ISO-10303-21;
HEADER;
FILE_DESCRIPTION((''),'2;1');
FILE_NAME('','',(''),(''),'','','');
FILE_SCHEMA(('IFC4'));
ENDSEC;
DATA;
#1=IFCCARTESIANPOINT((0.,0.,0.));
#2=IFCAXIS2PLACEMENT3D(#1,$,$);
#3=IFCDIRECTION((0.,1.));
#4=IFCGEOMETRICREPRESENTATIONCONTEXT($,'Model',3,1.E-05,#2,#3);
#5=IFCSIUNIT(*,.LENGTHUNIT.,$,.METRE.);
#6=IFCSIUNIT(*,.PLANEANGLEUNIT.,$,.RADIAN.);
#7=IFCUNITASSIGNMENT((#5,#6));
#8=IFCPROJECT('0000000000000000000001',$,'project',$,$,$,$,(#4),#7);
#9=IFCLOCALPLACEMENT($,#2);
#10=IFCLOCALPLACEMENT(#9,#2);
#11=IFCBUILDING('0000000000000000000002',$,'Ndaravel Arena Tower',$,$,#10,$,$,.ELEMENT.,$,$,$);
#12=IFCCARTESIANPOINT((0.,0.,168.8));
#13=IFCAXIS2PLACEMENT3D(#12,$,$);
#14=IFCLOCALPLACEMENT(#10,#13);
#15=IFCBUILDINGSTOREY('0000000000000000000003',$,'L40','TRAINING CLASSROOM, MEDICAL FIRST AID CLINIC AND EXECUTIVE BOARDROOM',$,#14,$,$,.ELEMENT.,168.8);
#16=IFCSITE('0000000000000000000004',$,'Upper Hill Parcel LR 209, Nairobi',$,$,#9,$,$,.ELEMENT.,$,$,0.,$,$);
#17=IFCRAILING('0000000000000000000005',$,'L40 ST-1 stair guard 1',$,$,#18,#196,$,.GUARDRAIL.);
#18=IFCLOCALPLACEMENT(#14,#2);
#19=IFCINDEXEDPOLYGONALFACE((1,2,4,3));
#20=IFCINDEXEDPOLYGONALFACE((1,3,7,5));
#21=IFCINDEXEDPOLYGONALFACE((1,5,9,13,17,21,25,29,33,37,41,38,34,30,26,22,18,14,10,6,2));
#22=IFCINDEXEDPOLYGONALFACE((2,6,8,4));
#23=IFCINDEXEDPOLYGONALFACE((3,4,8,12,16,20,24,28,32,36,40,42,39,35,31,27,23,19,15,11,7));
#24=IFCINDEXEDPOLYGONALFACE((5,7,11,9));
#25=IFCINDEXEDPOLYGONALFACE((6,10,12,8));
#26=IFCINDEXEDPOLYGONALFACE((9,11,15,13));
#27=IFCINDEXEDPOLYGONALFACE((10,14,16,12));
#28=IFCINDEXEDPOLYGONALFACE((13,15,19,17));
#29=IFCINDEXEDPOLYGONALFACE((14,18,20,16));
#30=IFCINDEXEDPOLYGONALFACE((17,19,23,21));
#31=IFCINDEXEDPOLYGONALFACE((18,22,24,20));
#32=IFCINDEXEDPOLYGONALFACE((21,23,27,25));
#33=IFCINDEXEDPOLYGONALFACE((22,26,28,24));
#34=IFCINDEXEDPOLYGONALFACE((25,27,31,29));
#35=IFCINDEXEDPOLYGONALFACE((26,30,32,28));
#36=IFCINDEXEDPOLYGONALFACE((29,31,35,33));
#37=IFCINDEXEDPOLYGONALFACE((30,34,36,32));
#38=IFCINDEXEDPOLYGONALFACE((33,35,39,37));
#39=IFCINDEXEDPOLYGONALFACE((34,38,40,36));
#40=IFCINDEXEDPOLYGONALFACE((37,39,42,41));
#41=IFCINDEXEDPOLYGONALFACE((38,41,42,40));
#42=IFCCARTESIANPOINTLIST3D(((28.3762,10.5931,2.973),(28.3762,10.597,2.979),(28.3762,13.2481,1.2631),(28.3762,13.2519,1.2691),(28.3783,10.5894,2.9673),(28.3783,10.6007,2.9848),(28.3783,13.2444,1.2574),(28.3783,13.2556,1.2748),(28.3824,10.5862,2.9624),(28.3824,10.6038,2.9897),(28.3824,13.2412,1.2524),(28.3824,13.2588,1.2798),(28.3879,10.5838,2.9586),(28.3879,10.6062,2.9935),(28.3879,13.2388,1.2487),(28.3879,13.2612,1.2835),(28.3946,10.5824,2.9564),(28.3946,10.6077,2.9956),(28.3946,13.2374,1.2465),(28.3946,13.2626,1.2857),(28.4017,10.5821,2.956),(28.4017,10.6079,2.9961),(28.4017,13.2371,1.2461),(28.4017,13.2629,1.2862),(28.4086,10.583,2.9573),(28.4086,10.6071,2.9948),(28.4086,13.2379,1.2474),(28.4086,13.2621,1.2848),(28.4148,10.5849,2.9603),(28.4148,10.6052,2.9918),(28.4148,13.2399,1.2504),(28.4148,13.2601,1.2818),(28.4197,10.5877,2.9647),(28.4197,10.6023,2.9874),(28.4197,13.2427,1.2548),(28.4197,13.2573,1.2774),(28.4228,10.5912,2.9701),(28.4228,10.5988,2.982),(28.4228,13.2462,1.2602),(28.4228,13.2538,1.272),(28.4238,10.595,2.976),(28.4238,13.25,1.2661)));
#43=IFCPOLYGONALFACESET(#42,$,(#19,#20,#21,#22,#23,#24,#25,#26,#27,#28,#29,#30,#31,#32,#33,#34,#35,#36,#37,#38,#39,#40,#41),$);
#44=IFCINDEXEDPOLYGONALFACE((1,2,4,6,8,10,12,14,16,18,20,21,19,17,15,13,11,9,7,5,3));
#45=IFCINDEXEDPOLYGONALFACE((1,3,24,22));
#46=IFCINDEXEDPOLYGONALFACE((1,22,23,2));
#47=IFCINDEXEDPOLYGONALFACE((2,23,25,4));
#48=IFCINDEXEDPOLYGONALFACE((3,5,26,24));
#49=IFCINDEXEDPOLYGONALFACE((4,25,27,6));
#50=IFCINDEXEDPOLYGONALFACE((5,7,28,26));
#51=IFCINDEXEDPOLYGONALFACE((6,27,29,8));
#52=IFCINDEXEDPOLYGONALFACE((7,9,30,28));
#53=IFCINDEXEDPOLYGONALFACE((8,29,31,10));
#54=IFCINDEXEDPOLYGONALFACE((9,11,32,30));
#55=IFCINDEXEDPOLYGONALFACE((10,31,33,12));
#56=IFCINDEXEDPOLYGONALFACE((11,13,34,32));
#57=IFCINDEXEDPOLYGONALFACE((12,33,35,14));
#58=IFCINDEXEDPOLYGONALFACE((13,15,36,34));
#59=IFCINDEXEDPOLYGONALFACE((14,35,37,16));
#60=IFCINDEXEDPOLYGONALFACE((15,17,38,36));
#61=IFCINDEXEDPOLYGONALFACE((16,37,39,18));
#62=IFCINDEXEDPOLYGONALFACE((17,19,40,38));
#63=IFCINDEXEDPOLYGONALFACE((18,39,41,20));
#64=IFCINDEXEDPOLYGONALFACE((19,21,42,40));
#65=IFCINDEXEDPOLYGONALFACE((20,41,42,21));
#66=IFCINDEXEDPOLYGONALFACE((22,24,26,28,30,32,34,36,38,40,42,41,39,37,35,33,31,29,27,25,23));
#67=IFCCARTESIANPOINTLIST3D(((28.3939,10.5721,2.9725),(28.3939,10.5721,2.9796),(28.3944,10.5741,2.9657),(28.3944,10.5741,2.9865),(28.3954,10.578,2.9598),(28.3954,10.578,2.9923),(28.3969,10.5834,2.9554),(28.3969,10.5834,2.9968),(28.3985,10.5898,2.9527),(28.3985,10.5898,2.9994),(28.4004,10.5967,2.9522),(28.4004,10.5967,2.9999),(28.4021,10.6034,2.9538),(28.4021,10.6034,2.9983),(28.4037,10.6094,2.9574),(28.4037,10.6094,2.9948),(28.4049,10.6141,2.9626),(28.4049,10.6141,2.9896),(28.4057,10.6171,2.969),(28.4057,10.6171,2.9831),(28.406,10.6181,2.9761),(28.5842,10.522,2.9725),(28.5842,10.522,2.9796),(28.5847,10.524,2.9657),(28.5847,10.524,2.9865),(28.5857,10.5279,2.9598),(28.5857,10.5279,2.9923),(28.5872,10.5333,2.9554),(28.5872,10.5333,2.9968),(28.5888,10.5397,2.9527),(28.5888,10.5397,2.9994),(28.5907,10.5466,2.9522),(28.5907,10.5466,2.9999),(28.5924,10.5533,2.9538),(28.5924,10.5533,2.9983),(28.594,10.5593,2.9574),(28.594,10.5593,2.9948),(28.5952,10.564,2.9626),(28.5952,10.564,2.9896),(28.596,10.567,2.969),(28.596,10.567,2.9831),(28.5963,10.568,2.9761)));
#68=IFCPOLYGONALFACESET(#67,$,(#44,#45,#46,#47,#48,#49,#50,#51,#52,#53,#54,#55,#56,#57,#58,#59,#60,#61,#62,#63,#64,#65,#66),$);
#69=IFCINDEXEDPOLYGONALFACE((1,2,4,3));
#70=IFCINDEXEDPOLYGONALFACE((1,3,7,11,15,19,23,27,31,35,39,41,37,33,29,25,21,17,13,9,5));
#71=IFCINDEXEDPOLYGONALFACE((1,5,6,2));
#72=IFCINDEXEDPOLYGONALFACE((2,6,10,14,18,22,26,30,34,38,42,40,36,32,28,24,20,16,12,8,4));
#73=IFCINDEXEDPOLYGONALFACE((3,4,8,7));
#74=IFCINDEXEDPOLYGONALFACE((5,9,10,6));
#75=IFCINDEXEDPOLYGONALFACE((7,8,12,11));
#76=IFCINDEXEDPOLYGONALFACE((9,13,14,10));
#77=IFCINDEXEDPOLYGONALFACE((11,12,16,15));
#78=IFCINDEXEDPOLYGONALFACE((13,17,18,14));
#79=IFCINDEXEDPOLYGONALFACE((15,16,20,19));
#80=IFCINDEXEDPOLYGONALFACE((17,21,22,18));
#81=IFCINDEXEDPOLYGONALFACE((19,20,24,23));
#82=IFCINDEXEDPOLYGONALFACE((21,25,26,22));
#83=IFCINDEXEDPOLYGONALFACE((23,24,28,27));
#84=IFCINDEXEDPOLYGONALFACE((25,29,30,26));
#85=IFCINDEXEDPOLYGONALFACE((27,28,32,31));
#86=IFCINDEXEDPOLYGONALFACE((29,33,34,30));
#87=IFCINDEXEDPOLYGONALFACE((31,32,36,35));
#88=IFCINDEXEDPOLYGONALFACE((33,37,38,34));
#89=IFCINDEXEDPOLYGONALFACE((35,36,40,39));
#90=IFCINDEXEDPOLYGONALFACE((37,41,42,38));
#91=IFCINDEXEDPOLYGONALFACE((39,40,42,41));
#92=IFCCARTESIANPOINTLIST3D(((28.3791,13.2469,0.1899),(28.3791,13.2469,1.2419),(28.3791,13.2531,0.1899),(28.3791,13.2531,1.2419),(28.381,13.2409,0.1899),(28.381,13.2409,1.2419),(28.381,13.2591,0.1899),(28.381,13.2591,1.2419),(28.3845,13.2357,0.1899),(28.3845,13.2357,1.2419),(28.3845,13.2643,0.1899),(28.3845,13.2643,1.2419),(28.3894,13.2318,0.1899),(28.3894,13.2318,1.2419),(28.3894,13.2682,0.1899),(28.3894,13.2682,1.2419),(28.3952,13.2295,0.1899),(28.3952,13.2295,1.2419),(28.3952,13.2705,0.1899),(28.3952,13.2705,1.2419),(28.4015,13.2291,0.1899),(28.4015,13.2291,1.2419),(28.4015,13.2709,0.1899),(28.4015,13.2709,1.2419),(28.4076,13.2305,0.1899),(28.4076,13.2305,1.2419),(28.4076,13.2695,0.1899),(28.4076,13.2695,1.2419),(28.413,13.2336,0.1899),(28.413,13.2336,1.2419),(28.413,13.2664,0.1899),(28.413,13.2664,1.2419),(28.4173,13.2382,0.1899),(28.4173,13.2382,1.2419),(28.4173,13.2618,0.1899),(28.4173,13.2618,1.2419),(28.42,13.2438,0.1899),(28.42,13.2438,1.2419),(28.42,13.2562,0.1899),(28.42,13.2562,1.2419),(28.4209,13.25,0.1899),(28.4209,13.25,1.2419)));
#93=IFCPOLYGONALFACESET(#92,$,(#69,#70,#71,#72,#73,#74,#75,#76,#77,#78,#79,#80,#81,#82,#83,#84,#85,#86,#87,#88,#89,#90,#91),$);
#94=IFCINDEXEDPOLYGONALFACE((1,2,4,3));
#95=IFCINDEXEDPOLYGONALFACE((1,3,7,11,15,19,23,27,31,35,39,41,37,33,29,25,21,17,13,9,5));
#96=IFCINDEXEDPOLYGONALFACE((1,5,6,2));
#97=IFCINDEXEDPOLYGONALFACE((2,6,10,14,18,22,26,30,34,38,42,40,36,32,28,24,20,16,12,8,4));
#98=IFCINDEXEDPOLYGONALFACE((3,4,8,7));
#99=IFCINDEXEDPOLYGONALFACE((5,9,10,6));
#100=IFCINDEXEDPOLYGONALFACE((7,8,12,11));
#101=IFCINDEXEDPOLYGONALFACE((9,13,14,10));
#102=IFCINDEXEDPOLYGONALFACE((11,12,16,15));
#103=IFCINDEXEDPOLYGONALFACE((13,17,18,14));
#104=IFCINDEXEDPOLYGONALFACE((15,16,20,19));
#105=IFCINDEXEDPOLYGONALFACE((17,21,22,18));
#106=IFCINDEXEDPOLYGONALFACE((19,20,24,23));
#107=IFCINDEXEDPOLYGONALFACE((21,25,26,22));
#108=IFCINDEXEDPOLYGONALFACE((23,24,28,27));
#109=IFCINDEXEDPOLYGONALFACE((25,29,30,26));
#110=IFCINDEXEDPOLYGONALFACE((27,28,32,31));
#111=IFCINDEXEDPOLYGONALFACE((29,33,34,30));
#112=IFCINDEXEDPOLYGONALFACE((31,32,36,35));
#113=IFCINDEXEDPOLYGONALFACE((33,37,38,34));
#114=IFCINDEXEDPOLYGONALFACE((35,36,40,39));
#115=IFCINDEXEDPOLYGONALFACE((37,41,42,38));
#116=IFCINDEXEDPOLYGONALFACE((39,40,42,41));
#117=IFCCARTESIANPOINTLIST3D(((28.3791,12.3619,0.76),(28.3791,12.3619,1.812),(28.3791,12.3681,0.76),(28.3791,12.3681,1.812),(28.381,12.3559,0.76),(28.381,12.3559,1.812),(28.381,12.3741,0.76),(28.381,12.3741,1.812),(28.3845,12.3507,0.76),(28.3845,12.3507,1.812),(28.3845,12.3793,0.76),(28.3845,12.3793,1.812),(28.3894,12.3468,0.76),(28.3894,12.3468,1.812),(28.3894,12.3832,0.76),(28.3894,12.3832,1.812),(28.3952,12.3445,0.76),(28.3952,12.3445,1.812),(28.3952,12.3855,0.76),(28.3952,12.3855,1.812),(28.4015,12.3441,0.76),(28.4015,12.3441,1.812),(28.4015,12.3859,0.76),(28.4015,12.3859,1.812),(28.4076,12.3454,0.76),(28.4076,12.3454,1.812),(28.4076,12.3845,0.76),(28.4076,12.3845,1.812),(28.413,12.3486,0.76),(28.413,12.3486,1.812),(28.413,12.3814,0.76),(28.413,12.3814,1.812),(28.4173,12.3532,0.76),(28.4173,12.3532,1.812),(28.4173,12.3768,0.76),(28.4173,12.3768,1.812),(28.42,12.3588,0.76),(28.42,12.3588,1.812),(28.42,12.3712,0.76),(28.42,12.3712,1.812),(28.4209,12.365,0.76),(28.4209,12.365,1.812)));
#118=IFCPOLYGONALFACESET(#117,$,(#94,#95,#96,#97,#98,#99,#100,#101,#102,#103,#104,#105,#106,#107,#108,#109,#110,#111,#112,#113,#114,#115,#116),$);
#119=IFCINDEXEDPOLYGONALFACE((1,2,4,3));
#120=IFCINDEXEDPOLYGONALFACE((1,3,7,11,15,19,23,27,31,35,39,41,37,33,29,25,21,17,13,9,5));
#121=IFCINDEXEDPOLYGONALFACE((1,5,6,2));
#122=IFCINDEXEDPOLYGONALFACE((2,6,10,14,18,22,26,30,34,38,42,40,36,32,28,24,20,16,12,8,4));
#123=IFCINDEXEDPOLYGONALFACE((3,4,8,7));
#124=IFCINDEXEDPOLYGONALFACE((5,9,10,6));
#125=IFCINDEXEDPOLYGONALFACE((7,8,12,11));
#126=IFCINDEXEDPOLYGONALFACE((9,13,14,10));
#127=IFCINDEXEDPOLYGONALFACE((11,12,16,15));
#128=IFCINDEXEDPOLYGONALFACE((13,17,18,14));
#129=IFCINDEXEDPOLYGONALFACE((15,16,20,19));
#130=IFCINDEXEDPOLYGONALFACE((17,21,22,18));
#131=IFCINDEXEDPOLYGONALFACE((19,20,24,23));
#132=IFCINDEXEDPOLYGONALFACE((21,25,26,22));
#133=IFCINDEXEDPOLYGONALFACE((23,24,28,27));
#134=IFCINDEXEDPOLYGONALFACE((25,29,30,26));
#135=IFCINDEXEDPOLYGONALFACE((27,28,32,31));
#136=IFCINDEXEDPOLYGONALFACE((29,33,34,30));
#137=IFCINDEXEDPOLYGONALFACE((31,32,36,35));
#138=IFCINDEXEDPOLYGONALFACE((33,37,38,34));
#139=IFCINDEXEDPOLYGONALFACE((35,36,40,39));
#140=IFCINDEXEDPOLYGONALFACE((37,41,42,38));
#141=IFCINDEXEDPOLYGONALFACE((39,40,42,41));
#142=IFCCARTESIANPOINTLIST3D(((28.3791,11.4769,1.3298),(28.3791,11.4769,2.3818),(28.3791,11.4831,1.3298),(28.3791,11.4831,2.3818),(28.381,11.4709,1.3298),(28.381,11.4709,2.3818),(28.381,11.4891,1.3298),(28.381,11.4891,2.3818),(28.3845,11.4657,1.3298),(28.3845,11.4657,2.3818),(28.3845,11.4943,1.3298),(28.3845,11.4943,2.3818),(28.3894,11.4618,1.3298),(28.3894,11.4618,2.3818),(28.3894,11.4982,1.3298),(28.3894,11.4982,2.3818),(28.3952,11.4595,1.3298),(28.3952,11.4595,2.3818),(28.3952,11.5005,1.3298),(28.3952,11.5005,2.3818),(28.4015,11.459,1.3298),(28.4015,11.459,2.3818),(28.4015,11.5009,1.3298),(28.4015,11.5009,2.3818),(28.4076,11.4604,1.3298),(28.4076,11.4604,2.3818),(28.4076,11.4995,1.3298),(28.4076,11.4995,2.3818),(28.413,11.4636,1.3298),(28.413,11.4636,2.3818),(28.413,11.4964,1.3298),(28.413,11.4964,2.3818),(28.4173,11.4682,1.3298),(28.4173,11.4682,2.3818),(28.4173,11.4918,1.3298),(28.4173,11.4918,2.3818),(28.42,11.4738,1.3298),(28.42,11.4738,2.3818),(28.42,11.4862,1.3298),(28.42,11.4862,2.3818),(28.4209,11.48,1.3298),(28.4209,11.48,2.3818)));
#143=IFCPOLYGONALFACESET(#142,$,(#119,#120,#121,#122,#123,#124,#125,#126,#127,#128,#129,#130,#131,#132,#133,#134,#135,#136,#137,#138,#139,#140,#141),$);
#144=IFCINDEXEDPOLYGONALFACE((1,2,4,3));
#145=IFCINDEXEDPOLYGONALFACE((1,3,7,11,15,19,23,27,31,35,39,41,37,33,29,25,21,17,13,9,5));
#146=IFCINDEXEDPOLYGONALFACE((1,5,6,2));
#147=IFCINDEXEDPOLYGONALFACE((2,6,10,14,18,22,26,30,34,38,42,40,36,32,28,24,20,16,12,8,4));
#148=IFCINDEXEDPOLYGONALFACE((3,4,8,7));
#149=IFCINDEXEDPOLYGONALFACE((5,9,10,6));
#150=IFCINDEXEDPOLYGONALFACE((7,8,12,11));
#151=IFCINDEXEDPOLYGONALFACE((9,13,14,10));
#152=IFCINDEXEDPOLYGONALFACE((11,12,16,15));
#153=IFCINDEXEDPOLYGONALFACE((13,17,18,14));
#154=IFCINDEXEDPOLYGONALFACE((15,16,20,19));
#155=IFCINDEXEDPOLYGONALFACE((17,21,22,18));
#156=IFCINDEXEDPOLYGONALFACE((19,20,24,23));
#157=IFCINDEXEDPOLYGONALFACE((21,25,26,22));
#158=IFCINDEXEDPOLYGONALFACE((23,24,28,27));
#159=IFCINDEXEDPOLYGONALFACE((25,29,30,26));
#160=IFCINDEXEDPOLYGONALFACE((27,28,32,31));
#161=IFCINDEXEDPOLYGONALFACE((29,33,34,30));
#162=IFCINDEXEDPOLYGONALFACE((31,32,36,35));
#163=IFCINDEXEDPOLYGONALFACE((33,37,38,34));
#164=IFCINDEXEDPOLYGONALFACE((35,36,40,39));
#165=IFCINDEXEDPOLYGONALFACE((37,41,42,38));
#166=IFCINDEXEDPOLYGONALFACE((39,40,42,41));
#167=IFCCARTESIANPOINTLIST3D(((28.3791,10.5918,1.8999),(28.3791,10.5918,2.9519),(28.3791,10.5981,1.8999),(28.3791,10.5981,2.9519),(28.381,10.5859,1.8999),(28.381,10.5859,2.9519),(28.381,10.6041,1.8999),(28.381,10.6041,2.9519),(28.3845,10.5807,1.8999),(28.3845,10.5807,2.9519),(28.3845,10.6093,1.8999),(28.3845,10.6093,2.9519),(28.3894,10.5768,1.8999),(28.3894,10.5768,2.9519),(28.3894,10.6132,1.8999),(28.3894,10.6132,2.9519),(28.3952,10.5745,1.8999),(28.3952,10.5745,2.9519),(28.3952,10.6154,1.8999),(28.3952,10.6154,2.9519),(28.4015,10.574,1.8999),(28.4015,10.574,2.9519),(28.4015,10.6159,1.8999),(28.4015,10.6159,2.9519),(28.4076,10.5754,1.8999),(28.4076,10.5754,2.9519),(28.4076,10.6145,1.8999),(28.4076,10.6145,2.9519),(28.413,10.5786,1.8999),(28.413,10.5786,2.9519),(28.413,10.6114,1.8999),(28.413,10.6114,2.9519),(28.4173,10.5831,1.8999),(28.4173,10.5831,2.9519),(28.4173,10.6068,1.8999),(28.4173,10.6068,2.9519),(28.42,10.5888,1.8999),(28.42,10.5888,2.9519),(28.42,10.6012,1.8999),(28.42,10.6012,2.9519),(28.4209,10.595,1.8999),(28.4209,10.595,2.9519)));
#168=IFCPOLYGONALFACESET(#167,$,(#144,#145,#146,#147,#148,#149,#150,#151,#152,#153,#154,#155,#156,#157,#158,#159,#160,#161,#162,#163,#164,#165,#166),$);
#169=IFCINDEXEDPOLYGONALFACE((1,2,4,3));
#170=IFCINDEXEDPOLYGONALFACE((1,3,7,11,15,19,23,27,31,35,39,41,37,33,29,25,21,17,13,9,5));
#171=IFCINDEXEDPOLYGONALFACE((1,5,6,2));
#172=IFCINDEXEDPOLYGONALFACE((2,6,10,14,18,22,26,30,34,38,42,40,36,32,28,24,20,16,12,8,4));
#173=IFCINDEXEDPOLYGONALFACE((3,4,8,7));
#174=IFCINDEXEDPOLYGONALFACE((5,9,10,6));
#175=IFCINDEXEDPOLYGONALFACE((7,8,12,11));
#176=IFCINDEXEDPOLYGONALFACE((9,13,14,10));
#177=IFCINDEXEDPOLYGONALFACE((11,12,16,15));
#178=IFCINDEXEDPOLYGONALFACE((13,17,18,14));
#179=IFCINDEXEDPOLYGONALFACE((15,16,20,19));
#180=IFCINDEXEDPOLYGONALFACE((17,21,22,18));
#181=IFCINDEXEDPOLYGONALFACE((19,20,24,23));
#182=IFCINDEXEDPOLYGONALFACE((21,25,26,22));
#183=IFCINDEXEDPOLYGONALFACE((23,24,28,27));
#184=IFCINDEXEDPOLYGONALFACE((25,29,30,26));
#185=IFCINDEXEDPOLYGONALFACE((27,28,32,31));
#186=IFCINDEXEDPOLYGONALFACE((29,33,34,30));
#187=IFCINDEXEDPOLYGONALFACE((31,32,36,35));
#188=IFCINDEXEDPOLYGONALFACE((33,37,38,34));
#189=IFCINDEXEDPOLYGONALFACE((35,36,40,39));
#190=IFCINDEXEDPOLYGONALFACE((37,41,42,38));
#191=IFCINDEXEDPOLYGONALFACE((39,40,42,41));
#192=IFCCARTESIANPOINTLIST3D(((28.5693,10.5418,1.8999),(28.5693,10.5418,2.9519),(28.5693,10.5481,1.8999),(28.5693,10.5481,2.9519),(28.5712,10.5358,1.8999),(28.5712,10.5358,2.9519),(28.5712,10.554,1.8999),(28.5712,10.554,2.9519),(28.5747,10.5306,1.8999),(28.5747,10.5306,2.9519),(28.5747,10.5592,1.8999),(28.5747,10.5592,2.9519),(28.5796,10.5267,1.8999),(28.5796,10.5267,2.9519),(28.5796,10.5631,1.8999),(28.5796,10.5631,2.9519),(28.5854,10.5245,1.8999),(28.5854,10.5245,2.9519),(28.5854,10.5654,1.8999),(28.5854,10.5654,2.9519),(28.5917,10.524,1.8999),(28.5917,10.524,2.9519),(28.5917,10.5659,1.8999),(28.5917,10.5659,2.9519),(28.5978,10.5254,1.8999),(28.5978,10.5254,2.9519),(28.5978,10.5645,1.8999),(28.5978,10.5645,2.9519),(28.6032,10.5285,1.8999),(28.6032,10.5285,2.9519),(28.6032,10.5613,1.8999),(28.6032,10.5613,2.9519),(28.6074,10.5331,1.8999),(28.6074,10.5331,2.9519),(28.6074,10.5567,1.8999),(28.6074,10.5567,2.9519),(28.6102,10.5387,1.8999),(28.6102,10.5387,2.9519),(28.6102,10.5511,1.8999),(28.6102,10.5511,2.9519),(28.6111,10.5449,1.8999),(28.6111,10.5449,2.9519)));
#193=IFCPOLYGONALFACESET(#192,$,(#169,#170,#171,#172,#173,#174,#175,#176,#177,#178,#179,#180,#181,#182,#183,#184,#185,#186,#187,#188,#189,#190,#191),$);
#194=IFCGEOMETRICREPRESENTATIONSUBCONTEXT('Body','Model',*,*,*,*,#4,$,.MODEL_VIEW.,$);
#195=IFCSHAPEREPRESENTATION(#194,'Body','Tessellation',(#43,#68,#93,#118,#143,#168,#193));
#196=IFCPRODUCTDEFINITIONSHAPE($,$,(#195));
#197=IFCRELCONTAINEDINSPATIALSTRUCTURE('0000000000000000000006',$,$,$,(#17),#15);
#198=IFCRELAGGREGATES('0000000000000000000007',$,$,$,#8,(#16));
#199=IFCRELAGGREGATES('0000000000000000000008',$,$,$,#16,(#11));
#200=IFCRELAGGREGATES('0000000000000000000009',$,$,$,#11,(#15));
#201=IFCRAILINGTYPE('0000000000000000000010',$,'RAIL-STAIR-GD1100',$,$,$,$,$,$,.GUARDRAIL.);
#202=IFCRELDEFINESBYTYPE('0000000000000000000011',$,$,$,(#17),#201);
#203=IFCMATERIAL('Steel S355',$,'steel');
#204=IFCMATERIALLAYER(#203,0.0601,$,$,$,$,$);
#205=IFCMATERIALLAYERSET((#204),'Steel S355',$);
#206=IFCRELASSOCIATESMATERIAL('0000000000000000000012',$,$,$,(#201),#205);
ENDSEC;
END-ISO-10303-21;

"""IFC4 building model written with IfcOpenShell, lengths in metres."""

from ifc_helpers import new_model, si_unit, direction, frame, origin, origin_2d, place, context, subcontext, project, spatial, circle, extrude, material, layer, layer_set, type_object, element, save


model = new_model("IFC4")

# Units and contexts
model_context = context("Model", 3, precision=1e-05, world=origin(), true_north=direction((0.0, 1.0)))
body_context = subcontext(model_context, "Body", "Model", "MODEL_VIEW")
ifc_project = project(units=[si_unit("LENGTHUNIT", "METRE"), si_unit("PLANEANGLEUNIT", "RADIAN")], contexts=[model_context])

# Site, building, storey
site_placement = place(None, origin())
site = spatial("IfcSite", under=ifc_project, at=site_placement, Name="Upper Hill Parcel LR 209, Nairobi", CompositionType="ELEMENT", RefElevation=0.0)
building_placement = place(site_placement, origin())
building = spatial("IfcBuilding", under=site, at=building_placement, Name="Ndaravel Arena Tower", CompositionType="ELEMENT")
storey_placement = place(building_placement, frame((0.0, 0.0, 168.8)))
storey = spatial("IfcBuildingStorey", under=building, at=storey_placement, Name="L40", Description="TRAINING CLASSROOM, MEDICAL FIRST AID CLINIC AND EXECUTIVE BOARDROOM", CompositionType="ELEMENT", Elevation=168.8)

# Railing
ifc_material_1 = material(Name="Steel S355", Category="steel")
ifc_layer_1 = layer(ifc_material_1, 0.0601)
ifc_layer_set_1 = layer_set([ifc_layer_1], Name="Steel S355")
railing_type_1 = type_object("IfcRailingType", Name="RAIL-STAIR-GD1100", PredefinedType="GUARDRAIL", material=ifc_layer_set_1)
railing_1_placement = place(storey_placement, frame((28.3999, 13.25, 0.1899)))
element("IfcRailing", 1, at=railing_1_placement, inside=storey, type_object=railing_type_1, Name="L40 ST-1 stair guard 1", PredefinedType="GUARDRAIL", context=body_context, shape_type="SweptSolid", body=[
    extrude(circle(Radius=0.0239, at=origin_2d()), frame((0.0, 0.0, 1.0762), z_axis=(0.0, -0.840724, 0.541465), x_axis=(1.0, 0.0, 0.0)), (0.0, 0.0, 1.0), 3.158),
    extrude(circle(Radius=0.0239, at=origin_2d()), frame((0.0, -2.655, 2.7861), z_axis=(0.967075, -0.254493, 0.0), x_axis=(0.254493, 0.967075, 0.0)), (0.0, 0.0, 1.0), 0.1968),
    extrude(circle(Radius=0.021, at=origin_2d()), origin(), (0.0, 0.0, 1.0), 1.052),
    extrude(circle(Radius=0.021, at=origin_2d()), frame((0.0, -0.885, 0.5701)), (0.0, 0.0, 1.0), 1.052),
    extrude(circle(Radius=0.021, at=origin_2d()), frame((0.0, -1.77, 1.1399)), (0.0, 0.0, 1.0), 1.052),
    extrude(circle(Radius=0.021, at=origin_2d()), frame((0.0, -2.655, 1.71)), (0.0, 0.0, 1.0), 1.052),
    extrude(circle(Radius=0.021, at=origin_2d()), frame((0.1902, -2.7051, 1.71)), (0.0, 0.0, 1.0), 1.052),
])

save(model, "model.ifc")
